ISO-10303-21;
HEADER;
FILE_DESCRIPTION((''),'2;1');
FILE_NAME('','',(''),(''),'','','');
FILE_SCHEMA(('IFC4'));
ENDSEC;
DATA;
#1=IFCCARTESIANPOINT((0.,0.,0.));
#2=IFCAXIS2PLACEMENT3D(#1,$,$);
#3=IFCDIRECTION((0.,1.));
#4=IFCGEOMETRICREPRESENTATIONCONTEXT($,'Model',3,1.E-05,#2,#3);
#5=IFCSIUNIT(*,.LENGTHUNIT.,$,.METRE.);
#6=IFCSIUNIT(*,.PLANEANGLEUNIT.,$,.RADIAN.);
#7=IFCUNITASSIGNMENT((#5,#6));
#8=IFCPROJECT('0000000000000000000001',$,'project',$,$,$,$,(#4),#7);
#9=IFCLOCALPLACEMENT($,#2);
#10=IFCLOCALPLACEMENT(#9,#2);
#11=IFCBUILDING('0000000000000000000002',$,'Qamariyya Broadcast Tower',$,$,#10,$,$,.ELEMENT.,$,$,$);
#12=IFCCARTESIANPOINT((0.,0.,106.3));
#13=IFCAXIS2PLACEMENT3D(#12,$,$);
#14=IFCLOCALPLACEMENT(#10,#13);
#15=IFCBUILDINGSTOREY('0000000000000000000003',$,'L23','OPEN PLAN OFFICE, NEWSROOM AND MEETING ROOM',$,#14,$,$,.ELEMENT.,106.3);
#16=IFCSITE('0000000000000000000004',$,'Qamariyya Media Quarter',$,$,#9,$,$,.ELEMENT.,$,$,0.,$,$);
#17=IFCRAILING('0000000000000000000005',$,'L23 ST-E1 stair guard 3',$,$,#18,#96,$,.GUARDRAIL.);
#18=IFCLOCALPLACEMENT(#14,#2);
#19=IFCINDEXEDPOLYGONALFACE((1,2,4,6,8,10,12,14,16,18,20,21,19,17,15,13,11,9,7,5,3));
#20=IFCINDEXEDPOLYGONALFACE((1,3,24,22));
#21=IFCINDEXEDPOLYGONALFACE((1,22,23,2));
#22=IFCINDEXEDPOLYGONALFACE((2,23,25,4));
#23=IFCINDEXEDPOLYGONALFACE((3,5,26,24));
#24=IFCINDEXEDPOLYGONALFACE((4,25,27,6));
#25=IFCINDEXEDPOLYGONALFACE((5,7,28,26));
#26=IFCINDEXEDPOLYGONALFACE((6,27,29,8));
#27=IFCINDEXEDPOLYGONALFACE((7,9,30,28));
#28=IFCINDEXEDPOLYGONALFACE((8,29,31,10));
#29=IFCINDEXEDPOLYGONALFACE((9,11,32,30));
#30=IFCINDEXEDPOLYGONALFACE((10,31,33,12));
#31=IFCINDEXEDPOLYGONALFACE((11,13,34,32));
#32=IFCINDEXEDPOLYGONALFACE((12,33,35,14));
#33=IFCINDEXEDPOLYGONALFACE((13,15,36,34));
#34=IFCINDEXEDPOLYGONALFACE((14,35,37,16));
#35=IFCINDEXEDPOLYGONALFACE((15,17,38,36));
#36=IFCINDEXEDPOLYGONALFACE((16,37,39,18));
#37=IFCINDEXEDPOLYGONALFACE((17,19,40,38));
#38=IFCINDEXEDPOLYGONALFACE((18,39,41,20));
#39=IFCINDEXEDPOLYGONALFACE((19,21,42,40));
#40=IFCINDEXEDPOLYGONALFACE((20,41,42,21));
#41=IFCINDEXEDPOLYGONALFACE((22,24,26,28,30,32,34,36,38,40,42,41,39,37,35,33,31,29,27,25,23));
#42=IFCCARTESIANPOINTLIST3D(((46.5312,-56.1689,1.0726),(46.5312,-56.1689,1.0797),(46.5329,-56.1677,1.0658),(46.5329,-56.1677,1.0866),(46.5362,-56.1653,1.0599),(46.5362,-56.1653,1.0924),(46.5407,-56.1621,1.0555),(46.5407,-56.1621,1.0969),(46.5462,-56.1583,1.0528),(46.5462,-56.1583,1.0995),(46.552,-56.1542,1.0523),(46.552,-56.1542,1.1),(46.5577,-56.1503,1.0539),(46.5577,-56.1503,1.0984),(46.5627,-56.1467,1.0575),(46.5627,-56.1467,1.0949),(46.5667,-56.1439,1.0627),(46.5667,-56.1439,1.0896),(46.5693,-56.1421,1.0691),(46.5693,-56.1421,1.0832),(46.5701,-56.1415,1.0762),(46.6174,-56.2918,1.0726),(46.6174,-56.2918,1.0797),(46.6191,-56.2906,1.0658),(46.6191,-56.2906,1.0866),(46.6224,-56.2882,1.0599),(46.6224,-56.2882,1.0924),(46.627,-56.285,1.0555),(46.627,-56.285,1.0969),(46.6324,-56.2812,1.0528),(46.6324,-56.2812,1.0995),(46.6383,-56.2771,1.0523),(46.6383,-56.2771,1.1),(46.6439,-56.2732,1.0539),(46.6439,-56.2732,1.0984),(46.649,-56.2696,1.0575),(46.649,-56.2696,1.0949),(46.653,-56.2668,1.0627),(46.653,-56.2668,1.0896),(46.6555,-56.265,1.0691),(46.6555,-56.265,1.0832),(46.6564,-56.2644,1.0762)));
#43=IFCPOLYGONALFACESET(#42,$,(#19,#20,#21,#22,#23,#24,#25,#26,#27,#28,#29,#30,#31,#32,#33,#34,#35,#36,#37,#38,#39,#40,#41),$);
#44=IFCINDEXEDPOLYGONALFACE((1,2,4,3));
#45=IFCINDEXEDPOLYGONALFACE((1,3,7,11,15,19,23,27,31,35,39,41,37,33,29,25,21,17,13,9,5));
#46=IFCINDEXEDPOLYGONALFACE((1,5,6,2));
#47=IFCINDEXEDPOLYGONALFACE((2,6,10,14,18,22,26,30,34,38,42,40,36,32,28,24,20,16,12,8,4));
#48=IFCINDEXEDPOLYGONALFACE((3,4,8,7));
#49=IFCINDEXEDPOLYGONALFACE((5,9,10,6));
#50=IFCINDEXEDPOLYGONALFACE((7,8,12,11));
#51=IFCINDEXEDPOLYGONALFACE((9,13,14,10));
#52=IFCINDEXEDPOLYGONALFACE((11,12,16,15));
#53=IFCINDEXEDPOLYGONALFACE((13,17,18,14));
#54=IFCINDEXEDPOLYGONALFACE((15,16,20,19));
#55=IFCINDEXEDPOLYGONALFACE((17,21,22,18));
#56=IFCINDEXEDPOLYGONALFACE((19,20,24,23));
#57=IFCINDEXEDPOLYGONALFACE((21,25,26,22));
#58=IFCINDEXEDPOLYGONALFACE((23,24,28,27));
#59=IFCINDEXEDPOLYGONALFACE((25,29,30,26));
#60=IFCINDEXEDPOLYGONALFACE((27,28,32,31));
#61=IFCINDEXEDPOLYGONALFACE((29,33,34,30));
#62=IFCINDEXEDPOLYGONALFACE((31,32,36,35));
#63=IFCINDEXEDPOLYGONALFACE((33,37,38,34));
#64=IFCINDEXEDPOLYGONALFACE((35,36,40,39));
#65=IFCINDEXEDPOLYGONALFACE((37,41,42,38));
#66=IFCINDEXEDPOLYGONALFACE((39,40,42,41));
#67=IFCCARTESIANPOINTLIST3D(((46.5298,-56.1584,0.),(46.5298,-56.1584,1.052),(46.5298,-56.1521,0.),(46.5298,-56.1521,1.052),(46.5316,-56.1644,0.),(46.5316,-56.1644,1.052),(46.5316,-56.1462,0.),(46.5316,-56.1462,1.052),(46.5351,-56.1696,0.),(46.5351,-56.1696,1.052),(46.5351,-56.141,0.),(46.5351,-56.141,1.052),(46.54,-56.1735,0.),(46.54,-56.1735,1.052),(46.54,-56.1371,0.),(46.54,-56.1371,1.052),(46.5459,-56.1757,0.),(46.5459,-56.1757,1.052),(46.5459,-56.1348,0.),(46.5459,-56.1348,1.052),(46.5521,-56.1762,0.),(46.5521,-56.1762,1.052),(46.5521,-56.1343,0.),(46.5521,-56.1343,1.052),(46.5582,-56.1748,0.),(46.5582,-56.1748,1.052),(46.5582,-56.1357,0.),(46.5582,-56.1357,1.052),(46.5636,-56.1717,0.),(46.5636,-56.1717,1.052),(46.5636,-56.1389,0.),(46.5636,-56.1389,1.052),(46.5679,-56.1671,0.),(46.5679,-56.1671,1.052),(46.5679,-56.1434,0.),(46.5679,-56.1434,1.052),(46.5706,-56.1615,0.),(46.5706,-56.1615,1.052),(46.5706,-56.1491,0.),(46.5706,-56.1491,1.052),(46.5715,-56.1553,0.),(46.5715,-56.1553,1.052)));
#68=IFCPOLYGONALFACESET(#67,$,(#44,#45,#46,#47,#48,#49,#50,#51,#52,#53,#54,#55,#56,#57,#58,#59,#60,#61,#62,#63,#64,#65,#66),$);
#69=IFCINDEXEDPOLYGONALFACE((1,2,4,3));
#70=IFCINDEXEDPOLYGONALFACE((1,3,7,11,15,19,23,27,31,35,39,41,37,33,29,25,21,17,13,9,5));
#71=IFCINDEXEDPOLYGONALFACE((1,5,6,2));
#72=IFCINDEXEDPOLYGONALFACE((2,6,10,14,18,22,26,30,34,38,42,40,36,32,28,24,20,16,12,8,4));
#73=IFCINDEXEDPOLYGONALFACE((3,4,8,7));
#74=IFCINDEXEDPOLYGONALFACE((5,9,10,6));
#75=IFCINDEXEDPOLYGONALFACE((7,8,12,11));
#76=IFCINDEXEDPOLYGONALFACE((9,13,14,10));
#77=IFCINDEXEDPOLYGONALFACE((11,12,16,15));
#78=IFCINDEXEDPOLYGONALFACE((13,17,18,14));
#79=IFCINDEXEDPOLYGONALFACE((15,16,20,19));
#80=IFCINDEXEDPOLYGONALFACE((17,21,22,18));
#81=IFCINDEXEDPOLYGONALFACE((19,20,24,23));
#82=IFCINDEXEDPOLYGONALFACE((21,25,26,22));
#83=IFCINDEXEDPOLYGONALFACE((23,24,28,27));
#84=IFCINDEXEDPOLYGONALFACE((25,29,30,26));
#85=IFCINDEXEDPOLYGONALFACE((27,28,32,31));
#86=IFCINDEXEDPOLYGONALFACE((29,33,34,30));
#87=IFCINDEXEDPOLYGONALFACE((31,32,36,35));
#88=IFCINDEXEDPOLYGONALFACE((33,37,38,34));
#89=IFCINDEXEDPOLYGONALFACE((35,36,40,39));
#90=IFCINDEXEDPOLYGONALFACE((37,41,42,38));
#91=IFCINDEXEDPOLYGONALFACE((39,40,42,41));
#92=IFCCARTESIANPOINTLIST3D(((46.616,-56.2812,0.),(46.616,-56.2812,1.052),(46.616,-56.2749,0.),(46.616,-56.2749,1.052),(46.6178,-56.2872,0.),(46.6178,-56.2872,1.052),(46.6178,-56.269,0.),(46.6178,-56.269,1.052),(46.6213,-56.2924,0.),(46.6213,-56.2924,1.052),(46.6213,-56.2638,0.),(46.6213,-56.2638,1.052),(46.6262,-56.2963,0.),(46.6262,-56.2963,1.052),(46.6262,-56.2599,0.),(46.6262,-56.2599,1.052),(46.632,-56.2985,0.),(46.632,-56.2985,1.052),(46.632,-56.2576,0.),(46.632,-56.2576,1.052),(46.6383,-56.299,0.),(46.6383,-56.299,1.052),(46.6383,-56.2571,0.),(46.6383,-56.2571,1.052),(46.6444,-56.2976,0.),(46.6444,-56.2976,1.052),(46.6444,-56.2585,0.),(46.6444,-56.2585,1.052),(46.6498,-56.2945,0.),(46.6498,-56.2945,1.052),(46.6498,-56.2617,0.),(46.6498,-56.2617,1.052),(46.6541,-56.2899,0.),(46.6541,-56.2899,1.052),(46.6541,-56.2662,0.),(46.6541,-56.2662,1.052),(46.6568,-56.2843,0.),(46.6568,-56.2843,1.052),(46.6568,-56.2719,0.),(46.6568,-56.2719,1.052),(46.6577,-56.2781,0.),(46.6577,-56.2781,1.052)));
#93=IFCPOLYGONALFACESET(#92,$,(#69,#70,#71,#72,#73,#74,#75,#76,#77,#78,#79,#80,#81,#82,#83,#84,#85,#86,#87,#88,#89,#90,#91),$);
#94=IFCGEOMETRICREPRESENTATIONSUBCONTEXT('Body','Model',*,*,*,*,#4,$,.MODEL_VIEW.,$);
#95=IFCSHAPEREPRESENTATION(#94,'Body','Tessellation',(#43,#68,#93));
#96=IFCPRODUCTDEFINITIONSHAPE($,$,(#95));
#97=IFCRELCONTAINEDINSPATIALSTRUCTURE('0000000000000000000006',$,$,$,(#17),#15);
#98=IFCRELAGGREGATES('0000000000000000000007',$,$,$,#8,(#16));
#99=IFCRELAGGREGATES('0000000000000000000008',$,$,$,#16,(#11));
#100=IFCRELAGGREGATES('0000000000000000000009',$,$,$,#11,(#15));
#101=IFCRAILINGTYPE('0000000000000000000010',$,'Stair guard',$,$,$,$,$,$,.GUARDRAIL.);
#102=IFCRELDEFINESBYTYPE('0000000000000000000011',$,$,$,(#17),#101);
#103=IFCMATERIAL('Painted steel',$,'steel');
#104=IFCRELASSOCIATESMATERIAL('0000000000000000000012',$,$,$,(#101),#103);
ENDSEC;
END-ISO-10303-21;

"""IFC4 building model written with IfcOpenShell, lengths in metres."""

from ifc_helpers import new_model, si_unit, direction, frame, origin, origin_2d, place, context, subcontext, project, spatial, circle, extrude, material, type_object, element, save


model = new_model("IFC4")

# Units and contexts
model_context = context("Model", 3, precision=1e-05, world=origin(), true_north=direction((0.0, 1.0)))
body_context = subcontext(model_context, "Body", "Model", "MODEL_VIEW")
ifc_project = project(units=[si_unit("LENGTHUNIT", "METRE"), si_unit("PLANEANGLEUNIT", "RADIAN")], contexts=[model_context])

# Site, building, storey
site_placement = place(None, origin())
site = spatial("IfcSite", under=ifc_project, at=site_placement, Name="Qamariyya Media Quarter", CompositionType="ELEMENT", RefElevation=0.0)
building_placement = place(site_placement, origin())
building = spatial("IfcBuilding", under=site, at=building_placement, Name="Qamariyya Broadcast Tower", CompositionType="ELEMENT")
storey_placement = place(building_placement, frame((0.0, 0.0, 106.3)))
storey = spatial("IfcBuildingStorey", under=building, at=storey_placement, Name="L23", Description="OPEN PLAN OFFICE, NEWSROOM AND MEETING ROOM", CompositionType="ELEMENT", Elevation=106.3)

# Railing
ifc_material_1 = material(Name="Painted steel", Category="steel")
railing_type_1 = type_object("IfcRailingType", Name="Stair guard", PredefinedType="GUARDRAIL", material=ifc_material_1)
railing_1_placement = place(storey_placement, frame((46.5505, -56.1553, 0.0)))
element("IfcRailing", 1, at=railing_1_placement, inside=storey, type_object=railing_type_1, Name="L23 ST-E1 stair guard 3", PredefinedType="GUARDRAIL", context=body_context, shape_type="SweptSolid", body=[
    extrude(circle(Radius=0.0239, at=origin_2d()), frame((0.0, 0.0, 1.0762), z_axis=(0.574445, -0.818543, 0.0), x_axis=(0.818543, 0.574445, 0.0)), (0.0, 0.0, 1.0), 0.1501),
    extrude(circle(Radius=0.021, at=origin_2d()), origin(), (0.0, 0.0, 1.0), 1.052),
    extrude(circle(Radius=0.021, at=origin_2d()), frame((0.0862, -0.1228, 0.0)), (0.0, 0.0, 1.0), 1.052),
])

save(model, "model.ifc")
